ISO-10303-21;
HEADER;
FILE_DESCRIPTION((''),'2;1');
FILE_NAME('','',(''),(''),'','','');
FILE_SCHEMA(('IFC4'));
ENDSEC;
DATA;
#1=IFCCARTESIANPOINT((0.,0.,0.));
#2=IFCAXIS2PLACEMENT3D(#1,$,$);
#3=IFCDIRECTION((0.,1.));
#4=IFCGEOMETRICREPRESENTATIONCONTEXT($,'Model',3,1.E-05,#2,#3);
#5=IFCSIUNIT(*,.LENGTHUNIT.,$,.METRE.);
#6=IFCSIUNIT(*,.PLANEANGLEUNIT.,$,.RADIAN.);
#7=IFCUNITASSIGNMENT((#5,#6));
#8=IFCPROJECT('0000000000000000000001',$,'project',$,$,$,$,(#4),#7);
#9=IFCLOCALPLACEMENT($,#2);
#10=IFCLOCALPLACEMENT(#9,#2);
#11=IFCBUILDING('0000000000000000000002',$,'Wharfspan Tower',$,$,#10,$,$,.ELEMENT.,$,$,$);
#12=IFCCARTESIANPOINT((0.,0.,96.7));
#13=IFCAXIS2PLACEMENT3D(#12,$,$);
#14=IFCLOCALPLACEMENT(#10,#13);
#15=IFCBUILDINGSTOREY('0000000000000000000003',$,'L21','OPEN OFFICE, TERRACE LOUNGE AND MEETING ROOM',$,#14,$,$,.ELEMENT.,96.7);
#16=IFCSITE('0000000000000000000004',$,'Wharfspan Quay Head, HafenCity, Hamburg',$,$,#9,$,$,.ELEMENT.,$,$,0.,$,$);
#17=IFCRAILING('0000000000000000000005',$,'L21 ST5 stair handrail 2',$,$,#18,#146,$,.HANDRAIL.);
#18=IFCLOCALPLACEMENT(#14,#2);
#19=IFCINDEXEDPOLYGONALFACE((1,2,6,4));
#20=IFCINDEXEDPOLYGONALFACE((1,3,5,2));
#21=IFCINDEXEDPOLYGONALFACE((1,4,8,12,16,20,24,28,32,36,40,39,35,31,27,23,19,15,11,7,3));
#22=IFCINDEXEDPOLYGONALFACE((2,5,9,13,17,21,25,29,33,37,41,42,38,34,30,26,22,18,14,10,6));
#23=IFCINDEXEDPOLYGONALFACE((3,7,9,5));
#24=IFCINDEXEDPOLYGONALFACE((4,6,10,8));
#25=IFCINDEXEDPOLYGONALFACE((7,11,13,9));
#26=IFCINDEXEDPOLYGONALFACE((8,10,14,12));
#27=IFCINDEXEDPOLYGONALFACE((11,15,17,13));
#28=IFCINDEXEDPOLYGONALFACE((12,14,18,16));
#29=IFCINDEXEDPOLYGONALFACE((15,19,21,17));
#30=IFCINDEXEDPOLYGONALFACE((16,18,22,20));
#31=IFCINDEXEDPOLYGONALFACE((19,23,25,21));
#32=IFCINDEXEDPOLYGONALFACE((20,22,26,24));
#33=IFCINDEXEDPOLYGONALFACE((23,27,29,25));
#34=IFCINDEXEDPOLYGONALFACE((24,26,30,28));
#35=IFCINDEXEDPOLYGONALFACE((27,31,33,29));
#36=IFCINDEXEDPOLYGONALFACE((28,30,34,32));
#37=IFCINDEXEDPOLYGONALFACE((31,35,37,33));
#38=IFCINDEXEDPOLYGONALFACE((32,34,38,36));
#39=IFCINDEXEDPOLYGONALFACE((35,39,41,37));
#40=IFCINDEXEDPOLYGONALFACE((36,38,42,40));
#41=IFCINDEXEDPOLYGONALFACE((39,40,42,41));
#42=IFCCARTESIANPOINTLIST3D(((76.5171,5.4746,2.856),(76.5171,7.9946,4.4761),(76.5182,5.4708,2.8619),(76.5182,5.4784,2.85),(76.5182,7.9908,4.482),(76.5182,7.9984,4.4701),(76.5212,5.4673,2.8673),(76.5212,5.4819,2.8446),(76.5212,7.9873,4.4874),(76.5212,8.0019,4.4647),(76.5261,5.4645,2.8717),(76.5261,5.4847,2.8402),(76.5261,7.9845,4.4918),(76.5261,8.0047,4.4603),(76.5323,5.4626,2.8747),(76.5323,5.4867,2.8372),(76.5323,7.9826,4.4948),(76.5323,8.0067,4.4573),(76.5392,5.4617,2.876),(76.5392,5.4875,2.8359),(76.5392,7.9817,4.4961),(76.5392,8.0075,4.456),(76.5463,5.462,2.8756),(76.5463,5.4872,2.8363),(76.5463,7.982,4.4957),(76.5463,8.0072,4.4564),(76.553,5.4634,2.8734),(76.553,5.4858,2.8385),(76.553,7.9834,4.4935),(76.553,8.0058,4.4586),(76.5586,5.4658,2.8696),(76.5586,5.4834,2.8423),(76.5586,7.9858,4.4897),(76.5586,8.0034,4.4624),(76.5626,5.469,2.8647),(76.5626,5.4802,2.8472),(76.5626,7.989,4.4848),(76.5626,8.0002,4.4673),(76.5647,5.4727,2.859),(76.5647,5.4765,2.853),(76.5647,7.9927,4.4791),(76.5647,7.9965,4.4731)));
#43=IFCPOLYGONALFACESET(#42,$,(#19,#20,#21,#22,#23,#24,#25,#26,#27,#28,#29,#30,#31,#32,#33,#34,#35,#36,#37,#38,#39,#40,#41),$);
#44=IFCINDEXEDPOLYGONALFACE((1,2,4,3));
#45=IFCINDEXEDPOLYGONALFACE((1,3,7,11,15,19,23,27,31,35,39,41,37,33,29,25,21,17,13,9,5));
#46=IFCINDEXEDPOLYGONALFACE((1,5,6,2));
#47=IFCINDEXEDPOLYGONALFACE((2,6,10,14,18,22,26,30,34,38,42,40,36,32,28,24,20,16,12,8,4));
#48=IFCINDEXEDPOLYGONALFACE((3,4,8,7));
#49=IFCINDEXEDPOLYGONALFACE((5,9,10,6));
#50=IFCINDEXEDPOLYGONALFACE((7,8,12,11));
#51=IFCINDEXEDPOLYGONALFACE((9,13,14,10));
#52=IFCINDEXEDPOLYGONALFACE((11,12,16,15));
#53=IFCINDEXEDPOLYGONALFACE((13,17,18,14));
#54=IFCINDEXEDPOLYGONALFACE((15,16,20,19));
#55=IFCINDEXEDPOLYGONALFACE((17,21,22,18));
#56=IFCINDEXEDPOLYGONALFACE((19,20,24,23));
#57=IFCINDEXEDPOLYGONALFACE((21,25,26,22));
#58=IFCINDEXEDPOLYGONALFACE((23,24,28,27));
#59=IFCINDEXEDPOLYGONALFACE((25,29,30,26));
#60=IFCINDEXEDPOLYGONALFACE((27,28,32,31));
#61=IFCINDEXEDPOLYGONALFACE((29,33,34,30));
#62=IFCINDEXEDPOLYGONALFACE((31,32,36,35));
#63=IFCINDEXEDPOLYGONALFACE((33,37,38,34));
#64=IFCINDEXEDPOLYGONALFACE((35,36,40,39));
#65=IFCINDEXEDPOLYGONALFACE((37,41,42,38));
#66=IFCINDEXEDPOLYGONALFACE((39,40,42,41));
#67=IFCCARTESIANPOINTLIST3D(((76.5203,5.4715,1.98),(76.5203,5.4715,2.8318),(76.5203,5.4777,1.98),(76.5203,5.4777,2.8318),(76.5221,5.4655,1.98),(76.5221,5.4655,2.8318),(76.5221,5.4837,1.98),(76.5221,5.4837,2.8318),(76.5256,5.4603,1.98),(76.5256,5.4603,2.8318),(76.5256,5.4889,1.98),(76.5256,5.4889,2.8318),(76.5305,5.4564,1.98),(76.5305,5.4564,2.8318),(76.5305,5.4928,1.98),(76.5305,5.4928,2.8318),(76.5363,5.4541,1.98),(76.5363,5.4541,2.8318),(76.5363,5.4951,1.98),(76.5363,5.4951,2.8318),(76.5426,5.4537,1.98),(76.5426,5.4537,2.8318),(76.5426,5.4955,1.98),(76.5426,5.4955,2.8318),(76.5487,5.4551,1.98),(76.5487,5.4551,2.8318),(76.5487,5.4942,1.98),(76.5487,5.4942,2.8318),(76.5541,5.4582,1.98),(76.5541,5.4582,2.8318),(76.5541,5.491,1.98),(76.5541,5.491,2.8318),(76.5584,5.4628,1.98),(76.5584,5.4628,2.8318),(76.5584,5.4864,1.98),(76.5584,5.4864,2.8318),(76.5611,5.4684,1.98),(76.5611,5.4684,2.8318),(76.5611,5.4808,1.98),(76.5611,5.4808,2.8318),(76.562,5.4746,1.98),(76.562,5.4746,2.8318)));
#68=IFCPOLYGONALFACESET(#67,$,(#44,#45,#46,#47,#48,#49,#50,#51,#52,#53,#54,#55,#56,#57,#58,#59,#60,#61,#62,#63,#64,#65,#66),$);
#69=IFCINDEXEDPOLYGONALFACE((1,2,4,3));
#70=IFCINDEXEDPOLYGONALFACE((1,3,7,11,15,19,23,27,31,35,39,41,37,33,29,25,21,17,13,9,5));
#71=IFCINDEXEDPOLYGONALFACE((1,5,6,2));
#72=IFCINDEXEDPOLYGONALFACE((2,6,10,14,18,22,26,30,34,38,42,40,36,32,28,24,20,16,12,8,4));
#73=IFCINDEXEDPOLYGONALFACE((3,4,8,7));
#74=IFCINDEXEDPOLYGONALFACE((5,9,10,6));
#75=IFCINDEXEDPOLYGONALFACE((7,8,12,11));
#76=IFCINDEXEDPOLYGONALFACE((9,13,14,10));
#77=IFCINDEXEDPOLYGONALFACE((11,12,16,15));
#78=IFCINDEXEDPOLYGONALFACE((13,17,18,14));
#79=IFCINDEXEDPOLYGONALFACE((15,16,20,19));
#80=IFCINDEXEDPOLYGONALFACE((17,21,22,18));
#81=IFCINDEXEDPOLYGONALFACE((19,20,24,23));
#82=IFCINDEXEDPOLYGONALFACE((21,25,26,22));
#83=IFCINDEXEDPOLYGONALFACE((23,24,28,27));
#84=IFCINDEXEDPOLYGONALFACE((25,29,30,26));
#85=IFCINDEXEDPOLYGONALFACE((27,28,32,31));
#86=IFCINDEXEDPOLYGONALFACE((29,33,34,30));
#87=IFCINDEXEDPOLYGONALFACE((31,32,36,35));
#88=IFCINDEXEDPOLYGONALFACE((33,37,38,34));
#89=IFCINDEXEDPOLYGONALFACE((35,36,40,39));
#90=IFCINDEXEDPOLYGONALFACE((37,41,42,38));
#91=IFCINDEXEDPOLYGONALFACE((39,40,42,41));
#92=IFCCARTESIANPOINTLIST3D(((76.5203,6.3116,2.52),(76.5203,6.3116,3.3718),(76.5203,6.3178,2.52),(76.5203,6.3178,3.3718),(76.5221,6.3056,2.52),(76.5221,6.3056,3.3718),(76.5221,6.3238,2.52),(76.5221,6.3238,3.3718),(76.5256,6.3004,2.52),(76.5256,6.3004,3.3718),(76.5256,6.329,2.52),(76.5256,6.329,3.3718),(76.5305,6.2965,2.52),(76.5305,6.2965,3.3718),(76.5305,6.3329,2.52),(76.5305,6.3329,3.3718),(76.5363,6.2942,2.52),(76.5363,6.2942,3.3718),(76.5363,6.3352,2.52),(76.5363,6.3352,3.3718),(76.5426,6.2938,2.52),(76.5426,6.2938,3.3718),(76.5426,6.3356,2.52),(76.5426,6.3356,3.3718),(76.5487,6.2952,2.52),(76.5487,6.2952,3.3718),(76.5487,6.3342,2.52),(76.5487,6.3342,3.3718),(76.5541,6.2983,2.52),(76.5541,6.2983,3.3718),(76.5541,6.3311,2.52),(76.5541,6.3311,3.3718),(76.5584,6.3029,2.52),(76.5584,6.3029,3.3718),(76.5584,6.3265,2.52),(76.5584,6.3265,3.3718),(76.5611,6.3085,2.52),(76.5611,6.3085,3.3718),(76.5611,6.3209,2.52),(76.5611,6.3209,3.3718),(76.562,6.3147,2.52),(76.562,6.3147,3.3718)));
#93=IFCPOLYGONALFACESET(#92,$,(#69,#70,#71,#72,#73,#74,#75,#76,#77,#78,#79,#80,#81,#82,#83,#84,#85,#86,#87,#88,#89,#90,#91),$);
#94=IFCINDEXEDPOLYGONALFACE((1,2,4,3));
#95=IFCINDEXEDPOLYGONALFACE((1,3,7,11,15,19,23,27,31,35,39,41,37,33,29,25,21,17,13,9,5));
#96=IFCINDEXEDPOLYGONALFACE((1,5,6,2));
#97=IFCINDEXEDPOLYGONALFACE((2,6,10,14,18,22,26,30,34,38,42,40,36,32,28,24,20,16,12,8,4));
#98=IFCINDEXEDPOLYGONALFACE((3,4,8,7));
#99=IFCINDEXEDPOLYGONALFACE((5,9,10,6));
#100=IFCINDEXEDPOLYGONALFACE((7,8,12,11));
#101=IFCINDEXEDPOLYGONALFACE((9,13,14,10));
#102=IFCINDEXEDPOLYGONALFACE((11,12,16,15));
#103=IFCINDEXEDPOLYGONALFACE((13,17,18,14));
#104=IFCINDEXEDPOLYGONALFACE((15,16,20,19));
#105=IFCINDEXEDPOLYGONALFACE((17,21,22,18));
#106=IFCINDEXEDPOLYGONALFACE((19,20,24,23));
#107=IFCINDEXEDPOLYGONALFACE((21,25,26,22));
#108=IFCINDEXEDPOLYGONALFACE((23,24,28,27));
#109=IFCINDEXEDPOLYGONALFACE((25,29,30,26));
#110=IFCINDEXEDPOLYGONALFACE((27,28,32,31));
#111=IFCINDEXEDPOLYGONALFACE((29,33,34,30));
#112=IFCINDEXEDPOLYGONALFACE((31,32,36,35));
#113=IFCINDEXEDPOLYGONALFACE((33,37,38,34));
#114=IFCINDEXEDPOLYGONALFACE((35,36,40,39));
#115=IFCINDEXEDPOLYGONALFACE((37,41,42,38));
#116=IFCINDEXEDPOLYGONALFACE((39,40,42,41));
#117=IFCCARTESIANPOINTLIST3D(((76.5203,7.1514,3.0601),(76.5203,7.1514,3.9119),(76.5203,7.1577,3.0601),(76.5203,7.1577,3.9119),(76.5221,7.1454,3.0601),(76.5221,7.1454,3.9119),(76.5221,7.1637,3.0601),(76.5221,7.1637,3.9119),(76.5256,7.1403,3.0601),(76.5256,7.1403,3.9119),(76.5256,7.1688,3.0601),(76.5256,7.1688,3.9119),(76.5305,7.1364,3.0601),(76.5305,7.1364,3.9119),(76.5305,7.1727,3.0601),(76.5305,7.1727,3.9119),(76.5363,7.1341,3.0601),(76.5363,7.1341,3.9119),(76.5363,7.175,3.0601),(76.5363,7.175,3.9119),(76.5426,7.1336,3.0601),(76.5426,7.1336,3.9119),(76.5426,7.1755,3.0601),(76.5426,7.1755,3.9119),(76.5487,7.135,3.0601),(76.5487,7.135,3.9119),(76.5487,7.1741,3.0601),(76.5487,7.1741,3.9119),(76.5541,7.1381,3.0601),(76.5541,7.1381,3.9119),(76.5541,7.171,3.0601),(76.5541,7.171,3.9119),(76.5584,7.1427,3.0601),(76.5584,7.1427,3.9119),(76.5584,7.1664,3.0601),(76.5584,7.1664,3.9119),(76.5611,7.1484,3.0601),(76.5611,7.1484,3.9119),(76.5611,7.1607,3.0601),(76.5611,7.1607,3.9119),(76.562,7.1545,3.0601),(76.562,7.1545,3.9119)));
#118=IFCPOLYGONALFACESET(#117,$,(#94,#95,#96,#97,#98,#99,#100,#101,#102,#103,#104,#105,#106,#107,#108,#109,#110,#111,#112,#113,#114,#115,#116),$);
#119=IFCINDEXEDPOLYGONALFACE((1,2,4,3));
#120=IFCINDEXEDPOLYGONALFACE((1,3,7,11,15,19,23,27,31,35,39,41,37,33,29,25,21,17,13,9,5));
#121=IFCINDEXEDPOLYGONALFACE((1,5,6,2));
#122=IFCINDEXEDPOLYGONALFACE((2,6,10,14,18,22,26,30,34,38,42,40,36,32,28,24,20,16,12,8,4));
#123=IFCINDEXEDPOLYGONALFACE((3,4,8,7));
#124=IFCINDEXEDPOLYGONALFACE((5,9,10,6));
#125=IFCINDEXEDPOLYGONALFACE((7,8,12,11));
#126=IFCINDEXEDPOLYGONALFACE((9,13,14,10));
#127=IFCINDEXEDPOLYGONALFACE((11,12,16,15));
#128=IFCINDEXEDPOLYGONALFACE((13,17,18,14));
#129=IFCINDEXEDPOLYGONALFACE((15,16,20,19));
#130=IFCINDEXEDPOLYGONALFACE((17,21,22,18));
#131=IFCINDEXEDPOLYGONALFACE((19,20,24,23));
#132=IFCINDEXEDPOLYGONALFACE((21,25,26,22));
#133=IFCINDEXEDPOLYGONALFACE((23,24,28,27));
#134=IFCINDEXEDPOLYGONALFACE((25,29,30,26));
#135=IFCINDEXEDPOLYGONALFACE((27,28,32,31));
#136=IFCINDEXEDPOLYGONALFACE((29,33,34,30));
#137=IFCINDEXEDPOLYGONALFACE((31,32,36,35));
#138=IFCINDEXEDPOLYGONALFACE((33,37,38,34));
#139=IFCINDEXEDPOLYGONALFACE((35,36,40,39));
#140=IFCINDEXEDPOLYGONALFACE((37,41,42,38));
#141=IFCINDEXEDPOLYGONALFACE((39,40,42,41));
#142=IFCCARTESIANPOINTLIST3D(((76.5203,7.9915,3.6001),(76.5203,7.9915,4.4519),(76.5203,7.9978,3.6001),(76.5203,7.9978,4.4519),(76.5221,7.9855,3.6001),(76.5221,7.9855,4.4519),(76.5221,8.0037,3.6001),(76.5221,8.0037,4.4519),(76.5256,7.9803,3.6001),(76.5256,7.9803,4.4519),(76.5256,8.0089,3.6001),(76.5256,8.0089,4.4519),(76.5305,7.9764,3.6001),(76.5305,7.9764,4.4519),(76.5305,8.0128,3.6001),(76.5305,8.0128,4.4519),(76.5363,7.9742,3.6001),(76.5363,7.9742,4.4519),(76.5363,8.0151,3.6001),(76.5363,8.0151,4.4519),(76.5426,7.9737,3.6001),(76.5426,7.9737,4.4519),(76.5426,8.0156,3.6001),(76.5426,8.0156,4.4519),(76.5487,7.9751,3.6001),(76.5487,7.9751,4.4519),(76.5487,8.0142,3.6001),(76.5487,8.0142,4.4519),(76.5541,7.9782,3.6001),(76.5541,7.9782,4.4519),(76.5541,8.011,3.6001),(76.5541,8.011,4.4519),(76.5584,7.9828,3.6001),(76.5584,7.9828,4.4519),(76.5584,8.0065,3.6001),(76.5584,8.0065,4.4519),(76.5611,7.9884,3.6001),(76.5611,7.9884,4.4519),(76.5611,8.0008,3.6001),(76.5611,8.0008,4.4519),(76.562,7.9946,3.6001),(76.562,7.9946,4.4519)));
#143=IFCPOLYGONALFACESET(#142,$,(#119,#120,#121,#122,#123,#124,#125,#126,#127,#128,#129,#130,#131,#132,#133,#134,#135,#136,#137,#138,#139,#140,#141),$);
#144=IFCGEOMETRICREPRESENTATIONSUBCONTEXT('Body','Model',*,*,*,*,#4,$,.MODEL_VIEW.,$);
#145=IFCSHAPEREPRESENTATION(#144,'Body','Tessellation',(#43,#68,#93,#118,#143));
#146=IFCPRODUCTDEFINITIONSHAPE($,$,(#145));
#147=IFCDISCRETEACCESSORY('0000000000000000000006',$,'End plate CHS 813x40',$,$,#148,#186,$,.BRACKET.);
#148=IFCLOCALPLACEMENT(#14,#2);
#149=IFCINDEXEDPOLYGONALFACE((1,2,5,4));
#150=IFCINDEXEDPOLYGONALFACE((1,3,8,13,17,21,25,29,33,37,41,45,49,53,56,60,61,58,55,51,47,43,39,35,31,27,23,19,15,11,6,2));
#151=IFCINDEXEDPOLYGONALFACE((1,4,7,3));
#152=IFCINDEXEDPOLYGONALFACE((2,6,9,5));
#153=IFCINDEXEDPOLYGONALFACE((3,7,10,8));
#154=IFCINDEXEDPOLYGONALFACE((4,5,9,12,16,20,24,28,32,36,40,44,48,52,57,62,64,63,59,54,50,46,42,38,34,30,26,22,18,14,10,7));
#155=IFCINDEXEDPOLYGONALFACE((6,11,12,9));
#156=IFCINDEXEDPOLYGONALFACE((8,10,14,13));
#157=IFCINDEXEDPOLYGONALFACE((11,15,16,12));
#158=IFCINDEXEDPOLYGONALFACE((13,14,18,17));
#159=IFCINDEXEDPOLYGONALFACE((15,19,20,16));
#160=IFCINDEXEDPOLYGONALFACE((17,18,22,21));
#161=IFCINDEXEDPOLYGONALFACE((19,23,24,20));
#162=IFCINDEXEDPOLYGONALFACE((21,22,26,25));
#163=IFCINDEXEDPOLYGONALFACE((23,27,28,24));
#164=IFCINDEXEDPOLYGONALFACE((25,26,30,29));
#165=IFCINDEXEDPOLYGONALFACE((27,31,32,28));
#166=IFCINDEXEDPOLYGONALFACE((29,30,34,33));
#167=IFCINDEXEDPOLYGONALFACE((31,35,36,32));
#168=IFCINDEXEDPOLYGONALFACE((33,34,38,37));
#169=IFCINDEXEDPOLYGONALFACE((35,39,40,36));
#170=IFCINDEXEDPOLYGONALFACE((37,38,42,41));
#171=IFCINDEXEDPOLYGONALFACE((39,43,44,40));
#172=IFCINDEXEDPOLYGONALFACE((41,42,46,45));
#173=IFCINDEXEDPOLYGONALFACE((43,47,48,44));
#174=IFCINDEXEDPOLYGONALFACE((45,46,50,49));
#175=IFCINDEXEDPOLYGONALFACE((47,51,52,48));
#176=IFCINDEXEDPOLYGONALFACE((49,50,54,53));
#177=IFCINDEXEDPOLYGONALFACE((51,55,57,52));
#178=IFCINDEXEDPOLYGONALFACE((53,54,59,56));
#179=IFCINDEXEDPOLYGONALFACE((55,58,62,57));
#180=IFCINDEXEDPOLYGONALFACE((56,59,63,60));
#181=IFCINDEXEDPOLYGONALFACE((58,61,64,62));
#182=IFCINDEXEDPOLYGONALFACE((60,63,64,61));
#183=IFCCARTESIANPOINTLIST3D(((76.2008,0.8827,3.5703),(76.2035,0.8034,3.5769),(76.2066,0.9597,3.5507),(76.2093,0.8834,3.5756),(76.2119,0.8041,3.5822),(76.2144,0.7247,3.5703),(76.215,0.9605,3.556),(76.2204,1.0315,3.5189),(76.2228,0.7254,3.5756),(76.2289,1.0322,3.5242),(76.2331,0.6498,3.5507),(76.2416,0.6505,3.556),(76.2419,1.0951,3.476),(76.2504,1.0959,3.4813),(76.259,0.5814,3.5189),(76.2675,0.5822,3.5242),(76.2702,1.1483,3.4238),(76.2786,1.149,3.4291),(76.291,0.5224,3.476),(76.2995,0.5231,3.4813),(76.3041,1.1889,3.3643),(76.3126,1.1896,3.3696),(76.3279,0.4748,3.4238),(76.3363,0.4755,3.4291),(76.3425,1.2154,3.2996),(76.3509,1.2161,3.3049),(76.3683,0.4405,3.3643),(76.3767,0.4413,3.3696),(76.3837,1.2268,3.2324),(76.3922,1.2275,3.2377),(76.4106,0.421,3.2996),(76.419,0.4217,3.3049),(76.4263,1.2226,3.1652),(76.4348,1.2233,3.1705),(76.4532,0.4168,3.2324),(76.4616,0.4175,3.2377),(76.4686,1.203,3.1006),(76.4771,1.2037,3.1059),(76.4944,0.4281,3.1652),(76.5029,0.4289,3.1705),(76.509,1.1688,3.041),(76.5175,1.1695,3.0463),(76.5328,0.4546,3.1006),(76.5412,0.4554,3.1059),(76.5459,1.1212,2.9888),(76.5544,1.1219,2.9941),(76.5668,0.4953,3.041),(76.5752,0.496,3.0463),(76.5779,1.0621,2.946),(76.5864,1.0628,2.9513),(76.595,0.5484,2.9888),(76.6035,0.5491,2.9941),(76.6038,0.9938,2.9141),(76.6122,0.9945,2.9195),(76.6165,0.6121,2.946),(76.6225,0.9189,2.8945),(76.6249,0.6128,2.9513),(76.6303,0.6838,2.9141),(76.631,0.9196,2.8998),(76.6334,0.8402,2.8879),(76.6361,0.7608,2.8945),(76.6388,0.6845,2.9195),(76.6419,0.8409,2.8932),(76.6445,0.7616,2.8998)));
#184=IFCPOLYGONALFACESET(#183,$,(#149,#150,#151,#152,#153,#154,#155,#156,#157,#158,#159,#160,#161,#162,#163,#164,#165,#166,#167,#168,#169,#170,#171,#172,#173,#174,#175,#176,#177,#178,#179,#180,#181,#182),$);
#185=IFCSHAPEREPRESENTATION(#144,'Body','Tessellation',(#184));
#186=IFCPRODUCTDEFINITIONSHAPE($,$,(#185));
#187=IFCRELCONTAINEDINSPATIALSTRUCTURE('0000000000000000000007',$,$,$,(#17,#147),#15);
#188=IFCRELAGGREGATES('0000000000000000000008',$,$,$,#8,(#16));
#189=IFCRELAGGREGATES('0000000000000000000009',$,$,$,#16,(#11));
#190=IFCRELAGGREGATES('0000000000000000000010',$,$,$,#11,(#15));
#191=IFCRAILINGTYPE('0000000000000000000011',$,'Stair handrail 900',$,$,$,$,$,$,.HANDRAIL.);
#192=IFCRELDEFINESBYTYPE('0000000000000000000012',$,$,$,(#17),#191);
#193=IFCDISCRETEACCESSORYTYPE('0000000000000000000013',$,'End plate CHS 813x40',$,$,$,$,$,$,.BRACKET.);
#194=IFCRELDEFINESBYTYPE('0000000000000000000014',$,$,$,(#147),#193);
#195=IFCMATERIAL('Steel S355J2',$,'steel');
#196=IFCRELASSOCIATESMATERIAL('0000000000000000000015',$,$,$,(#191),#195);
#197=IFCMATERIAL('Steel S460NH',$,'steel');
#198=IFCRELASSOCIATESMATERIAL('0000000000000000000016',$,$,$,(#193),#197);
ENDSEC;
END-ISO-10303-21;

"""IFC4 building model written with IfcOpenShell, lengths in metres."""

from ifc_helpers import new_model, si_unit, direction, frame, origin, origin_2d, place, context, subcontext, project, spatial, circle, extrude, material, material_profile, profile_set, type_object, element, save


model = new_model("IFC4")

# Units and contexts
model_context = context("Model", 3, precision=1e-05, world=origin(), true_north=direction((0.0, 1.0)))
body_context = subcontext(model_context, "Body", "Model", "MODEL_VIEW")
ifc_project = project(units=[si_unit("LENGTHUNIT", "METRE"), si_unit("PLANEANGLEUNIT", "RADIAN")], contexts=[model_context])

# Site, building, storey
site_placement = place(None, origin())
site = spatial("IfcSite", under=ifc_project, at=site_placement, Name="Wharfspan Quay Head, HafenCity, Hamburg", CompositionType="ELEMENT", RefElevation=0.0)
building_placement = place(site_placement, origin())
building = spatial("IfcBuilding", under=site, at=building_placement, Name="Wharfspan Tower", CompositionType="ELEMENT")
storey_placement = place(building_placement, frame((0.0, 0.0, 96.7)))
storey = spatial("IfcBuildingStorey", under=building, at=storey_placement, Name="L21", Description="OPEN OFFICE, TERRACE LOUNGE AND MEETING ROOM", CompositionType="ELEMENT", Elevation=96.7)

# Shared definitions
ifc_material_1 = material(Name="Steel S355J2", Category="steel")

# Shared definitions
ifc_material_2 = material(Name="Steel S460NH", Category="steel")

# Railing
railing_type_1 = type_object("IfcRailingType", Name="Stair handrail 900", PredefinedType="HANDRAIL", material=ifc_material_1)
railing_1_placement = place(storey_placement, frame((76.541, 5.4746, 1.98)))
element("IfcRailing", 1, at=railing_1_placement, inside=storey, type_object=railing_type_1, Name="L21 ST5 stair handrail 2", PredefinedType="HANDRAIL", context=body_context, shape_type="SweptSolid", body=[
    extrude(circle(Radius=0.0239, at=origin_2d()), frame((0.0, 0.0, 0.876), z_axis=(0.0, 0.841163, 0.540782), x_axis=(-1.0, 0.0, 0.0)), (0.0, 0.0, 1.0), 2.9958),
    extrude(circle(Radius=0.021, at=origin_2d()), origin(), (0.0, 0.0, 1.0), 0.8518),
    extrude(circle(Radius=0.021, at=origin_2d()), frame((0.0, 0.8401, 0.54)), (0.0, 0.0, 1.0), 0.8518),
    extrude(circle(Radius=0.021, at=origin_2d()), frame((0.0, 1.6799, 1.0801)), (0.0, 0.0, 1.0), 0.8518),
    extrude(circle(Radius=0.021, at=origin_2d()), frame((0.0, 2.52, 1.6201)), (0.0, 0.0, 1.0), 0.8518),
])

# Discrete accessory
ifc_material_profile_1 = material_profile(ifc_material_2, circle(Radius=0.4065, at=origin_2d()))
ifc_profile_set_1 = profile_set([ifc_material_profile_1], Name="Steel S460NH")
discrete_accessory_type = type_object("IfcDiscreteAccessoryType", Name="End plate CHS 813x40", PredefinedType="BRACKET", material=ifc_profile_set_1)
for number, where, z_axis, x_axis, name in (
    (2, (76.4185, 0.8218, 3.2324), (0.844416, 0.072379, 0.530776), (-0.085402, 0.99635, 0.0), "End plate CHS 813x40"),
):
    element("IfcDiscreteAccessory", number, at=place(storey_placement, frame(where, z_axis=z_axis, x_axis=x_axis)), inside=storey, type_object=discrete_accessory_type, Name=name, PredefinedType="BRACKET", context=body_context, shape_type="SweptSolid", body=[
        extrude(circle(Radius=0.4065, at=origin_2d()), origin(), (0.0, 0.0, 1.0), 0.01),
    ])

save(model, "model.ifc")
